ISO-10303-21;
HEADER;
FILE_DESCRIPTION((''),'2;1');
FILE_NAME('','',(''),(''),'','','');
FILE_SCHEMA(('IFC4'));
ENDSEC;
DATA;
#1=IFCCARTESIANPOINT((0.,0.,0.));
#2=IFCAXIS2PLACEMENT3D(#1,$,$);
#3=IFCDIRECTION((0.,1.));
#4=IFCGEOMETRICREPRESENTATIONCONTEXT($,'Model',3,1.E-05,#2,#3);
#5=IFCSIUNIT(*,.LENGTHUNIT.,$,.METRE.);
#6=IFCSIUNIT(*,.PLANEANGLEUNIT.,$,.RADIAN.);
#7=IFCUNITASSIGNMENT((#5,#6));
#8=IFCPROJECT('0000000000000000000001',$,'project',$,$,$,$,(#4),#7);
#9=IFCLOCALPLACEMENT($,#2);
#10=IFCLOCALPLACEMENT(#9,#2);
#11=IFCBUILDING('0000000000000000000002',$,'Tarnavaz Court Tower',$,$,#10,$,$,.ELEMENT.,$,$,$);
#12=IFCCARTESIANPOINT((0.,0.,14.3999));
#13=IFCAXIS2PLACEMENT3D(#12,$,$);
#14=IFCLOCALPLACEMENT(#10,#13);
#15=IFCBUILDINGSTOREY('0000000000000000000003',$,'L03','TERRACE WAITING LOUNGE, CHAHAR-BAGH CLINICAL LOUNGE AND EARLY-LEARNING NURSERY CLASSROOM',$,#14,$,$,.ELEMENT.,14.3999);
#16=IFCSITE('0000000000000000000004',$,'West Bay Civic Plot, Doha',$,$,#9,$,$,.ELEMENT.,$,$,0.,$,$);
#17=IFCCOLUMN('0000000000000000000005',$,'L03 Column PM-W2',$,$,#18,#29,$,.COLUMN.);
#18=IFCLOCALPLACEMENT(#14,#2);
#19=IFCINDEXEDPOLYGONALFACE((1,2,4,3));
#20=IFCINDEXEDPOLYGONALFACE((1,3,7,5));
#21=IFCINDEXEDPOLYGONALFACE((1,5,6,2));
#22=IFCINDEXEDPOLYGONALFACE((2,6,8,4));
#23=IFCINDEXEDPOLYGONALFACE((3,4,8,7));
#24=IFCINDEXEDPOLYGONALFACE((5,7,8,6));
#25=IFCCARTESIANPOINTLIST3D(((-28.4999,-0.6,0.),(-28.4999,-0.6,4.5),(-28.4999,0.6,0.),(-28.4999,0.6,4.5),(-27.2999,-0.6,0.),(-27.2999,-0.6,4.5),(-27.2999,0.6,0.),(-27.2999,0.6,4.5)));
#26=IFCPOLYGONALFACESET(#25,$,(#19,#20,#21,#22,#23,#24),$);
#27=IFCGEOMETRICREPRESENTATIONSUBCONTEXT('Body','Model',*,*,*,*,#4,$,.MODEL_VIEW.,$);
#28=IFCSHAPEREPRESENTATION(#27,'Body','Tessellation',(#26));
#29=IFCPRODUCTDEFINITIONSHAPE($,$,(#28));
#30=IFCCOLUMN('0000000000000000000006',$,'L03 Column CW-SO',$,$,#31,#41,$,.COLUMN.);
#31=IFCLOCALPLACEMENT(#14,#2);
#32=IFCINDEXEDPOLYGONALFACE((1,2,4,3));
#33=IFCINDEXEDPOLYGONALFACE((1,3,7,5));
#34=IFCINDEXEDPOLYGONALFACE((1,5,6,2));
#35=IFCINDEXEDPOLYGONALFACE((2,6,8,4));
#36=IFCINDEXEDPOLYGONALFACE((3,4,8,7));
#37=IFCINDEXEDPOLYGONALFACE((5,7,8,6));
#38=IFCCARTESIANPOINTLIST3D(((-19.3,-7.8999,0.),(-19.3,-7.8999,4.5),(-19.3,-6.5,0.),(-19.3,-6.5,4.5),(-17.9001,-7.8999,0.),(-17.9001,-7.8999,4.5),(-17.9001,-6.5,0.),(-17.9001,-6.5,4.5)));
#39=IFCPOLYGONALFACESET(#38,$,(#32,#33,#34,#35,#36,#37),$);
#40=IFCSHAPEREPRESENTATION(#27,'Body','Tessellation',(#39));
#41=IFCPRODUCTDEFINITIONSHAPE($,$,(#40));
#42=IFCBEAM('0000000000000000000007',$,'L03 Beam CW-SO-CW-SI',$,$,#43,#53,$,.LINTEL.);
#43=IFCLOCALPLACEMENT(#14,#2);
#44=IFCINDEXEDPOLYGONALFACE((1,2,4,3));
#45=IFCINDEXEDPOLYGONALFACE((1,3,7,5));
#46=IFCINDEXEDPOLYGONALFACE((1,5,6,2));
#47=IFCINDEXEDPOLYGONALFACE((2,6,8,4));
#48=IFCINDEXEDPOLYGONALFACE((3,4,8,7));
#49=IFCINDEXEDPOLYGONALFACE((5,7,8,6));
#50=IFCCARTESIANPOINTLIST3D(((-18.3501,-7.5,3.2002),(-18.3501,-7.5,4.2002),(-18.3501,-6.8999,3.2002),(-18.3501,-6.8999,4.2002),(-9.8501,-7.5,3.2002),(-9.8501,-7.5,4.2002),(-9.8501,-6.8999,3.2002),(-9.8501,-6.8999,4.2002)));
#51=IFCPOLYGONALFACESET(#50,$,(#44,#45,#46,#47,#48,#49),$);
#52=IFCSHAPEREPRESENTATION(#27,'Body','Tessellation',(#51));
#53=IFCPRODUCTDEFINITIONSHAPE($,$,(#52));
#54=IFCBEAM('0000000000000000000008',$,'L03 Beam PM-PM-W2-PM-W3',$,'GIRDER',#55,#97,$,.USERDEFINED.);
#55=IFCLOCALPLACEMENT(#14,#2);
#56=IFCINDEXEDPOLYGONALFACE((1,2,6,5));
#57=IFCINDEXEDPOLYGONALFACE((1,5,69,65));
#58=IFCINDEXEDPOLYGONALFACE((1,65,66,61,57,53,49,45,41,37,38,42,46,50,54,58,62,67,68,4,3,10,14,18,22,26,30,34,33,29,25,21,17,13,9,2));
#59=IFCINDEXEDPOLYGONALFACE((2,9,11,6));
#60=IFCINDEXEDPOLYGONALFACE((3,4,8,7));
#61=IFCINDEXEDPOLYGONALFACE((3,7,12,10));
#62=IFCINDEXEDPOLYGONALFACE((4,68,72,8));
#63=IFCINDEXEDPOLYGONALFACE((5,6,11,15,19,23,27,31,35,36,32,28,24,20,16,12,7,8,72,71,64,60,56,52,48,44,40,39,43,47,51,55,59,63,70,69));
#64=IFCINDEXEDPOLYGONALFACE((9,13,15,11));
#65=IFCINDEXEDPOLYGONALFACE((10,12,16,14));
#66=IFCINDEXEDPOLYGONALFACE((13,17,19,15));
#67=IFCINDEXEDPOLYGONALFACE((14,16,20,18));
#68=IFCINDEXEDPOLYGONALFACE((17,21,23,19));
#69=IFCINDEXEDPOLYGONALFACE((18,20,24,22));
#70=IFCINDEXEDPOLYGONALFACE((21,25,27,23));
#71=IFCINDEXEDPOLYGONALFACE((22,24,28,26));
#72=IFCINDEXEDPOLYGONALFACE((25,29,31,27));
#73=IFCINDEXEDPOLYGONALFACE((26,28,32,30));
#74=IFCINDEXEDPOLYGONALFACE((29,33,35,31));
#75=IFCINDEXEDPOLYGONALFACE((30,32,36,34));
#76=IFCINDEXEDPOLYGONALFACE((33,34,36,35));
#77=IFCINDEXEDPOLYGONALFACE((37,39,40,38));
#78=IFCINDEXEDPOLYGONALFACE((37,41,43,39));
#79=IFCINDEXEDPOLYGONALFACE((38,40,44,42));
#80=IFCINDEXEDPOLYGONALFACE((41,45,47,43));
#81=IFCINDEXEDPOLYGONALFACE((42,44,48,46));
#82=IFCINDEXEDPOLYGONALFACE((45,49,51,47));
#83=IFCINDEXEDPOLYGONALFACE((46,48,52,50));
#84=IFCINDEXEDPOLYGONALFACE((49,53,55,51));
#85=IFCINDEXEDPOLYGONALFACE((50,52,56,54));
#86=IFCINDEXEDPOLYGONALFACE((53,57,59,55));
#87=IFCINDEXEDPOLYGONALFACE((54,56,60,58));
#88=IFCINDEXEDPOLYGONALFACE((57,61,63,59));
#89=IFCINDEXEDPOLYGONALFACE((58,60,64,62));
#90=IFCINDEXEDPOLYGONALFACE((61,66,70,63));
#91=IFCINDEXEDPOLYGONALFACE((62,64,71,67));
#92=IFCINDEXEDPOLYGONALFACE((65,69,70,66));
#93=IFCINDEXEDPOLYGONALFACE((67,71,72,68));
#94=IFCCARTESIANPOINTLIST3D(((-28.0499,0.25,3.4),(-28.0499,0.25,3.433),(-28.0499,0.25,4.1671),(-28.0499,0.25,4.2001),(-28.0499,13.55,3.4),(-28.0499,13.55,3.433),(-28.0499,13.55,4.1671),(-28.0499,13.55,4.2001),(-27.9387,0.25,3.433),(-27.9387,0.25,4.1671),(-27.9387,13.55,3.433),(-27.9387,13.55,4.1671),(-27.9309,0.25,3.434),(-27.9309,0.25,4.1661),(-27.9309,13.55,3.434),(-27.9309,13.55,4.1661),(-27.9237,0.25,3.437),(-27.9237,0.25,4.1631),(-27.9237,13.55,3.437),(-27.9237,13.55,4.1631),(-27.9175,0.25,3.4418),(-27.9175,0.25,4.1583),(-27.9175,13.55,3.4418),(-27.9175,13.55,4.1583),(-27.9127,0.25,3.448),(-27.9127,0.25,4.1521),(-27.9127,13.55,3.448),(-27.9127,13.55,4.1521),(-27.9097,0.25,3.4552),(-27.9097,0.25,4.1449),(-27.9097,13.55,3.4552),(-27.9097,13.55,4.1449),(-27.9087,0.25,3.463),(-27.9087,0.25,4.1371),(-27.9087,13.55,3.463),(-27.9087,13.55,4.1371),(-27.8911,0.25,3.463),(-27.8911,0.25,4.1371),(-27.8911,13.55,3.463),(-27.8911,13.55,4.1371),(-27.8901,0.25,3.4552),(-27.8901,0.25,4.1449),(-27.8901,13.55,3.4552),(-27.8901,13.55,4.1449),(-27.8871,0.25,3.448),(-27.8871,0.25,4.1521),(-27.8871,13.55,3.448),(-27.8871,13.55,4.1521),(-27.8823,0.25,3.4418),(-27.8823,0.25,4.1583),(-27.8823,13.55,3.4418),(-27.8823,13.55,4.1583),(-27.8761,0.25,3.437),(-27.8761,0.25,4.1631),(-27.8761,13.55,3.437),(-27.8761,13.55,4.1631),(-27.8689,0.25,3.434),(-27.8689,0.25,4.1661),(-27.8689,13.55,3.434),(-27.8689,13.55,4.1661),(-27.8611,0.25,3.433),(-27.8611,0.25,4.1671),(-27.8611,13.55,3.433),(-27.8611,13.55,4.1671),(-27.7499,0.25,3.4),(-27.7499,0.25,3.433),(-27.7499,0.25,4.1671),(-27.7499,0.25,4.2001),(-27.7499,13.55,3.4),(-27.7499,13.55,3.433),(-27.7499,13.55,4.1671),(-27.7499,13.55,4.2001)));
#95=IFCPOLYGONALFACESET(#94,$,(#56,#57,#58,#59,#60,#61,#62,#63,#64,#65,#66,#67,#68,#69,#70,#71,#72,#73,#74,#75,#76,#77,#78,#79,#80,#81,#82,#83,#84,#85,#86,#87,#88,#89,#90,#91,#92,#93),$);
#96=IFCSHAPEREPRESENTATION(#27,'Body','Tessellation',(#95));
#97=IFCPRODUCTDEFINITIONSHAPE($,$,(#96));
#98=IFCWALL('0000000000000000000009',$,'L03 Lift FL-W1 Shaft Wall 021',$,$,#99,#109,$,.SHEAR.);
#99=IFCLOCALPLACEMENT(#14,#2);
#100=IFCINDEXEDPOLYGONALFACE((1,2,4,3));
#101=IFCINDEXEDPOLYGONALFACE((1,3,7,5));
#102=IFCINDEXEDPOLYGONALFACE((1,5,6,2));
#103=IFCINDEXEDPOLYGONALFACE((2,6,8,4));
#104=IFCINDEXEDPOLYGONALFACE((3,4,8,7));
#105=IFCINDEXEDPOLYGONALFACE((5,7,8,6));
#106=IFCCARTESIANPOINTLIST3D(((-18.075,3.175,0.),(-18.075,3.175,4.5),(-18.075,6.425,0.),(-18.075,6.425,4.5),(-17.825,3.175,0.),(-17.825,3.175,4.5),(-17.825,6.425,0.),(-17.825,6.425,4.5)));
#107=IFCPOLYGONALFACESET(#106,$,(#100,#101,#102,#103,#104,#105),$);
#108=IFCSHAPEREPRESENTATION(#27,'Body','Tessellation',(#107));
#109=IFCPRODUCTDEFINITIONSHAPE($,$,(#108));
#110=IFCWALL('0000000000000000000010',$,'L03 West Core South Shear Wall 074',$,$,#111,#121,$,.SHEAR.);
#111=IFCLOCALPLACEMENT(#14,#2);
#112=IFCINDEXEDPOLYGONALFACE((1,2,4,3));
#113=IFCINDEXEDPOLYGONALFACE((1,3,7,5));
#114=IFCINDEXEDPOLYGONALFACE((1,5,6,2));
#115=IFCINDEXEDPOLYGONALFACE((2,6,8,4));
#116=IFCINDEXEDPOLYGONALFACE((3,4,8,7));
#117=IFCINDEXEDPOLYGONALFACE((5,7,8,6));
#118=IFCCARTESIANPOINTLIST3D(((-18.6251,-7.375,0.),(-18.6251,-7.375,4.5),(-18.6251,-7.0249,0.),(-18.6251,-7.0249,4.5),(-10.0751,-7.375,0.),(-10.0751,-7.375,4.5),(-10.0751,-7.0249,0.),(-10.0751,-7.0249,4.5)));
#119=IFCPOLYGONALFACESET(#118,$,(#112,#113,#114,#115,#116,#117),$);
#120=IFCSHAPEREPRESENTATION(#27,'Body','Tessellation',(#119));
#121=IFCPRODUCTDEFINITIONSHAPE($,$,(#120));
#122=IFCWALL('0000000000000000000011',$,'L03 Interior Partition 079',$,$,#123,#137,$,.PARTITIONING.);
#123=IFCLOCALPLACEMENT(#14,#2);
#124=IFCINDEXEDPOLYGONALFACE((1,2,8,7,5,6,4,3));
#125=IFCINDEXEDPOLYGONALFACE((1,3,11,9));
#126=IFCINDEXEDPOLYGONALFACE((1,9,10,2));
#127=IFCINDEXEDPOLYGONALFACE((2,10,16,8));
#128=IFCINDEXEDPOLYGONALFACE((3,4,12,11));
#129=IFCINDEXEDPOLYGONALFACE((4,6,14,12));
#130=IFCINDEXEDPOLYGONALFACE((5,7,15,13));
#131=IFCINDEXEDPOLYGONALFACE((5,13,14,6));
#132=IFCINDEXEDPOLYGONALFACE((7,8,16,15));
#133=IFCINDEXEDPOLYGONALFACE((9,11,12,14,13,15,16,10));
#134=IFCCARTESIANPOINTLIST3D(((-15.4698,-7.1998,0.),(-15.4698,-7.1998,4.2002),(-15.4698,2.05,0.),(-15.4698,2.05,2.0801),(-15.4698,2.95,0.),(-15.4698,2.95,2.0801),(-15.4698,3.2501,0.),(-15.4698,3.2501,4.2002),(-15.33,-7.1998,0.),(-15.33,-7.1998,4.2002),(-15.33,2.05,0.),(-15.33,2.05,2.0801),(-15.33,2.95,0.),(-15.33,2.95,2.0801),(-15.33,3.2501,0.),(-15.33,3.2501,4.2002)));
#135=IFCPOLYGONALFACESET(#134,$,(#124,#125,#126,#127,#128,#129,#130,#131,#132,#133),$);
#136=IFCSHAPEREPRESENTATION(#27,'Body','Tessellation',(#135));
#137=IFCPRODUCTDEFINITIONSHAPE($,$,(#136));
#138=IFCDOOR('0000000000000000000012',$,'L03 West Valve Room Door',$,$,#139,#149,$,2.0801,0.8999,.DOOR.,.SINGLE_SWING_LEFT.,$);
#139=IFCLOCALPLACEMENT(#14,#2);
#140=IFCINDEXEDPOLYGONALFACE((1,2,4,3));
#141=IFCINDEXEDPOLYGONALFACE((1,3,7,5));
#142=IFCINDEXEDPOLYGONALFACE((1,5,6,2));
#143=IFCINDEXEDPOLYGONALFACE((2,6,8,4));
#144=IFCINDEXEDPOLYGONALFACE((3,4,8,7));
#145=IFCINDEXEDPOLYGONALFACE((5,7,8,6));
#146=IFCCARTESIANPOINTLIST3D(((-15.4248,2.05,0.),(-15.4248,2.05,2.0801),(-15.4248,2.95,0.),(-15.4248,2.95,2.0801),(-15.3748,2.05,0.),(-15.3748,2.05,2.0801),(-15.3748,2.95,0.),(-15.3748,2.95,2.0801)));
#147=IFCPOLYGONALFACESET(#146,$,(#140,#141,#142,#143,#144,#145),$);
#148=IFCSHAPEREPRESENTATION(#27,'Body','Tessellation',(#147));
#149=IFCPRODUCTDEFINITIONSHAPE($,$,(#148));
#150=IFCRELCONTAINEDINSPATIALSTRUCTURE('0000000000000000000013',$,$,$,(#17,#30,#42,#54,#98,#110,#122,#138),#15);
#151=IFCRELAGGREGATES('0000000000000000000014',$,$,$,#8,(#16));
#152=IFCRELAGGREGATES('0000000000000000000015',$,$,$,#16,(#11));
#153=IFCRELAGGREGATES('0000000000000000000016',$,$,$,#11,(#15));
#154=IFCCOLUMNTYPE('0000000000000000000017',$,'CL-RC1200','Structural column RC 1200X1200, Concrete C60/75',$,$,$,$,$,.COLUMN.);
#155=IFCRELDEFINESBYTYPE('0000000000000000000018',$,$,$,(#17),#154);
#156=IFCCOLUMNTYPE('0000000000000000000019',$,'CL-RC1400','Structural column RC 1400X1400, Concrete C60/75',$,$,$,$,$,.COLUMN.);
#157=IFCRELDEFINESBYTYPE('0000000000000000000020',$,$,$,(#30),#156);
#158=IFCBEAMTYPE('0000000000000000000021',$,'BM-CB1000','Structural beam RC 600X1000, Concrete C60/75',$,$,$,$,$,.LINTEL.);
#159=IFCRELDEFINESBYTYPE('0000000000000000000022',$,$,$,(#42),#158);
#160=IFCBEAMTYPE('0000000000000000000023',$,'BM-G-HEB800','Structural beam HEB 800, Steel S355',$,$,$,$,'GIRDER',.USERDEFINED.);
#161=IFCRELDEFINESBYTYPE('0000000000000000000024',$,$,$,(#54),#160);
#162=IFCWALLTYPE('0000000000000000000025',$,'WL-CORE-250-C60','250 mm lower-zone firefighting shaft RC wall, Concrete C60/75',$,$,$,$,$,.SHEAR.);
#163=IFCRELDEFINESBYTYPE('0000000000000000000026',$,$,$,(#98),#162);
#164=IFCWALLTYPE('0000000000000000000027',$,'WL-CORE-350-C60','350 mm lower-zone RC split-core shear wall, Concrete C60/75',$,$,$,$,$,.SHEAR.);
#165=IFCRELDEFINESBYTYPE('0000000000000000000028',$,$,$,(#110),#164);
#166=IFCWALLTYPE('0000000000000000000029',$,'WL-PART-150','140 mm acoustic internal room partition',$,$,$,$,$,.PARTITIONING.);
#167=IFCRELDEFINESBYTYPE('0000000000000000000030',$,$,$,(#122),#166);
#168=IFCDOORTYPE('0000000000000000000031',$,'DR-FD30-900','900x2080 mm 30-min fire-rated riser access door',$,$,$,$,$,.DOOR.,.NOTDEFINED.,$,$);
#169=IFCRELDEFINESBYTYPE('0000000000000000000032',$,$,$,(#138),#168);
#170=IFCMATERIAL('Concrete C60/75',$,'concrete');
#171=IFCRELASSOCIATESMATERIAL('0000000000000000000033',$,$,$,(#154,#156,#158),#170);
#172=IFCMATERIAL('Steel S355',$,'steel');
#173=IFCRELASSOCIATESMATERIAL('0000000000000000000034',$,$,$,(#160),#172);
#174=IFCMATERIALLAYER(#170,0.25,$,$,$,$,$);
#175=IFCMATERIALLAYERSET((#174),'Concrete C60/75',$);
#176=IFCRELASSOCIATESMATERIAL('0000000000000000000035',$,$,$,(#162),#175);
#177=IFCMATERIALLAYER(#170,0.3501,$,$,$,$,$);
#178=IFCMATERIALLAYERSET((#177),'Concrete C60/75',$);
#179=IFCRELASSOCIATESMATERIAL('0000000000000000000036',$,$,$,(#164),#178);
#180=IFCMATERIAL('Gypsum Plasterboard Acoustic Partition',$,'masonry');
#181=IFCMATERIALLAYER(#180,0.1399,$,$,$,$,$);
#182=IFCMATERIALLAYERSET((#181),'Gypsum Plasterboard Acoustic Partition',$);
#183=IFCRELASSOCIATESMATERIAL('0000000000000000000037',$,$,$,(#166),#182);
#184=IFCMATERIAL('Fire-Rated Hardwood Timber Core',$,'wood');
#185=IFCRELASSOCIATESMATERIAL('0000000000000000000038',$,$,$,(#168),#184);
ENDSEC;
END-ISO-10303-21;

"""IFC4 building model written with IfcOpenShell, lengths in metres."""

from ifc_helpers import new_model, si_unit, direction, frame, frame_2d, origin, origin_2d, place, context, subcontext, project, spatial, rectangle, i_section, extrude, material, layer, layer_set, material_profile, profile_set, type_object, element, fill, save


model = new_model("IFC4")

# Units and contexts
model_context = context("Model", 3, precision=1e-05, world=origin(), true_north=direction((0.0, 1.0)))
body_context = subcontext(model_context, "Body", "Model", "MODEL_VIEW")
ifc_project = project(units=[si_unit("LENGTHUNIT", "METRE"), si_unit("PLANEANGLEUNIT", "RADIAN")], contexts=[model_context])

# Site, building, storey
site_placement = place(None, origin())
site = spatial("IfcSite", under=ifc_project, at=site_placement, Name="West Bay Civic Plot, Doha", CompositionType="ELEMENT", RefElevation=0.0)
building_placement = place(site_placement, origin())
building = spatial("IfcBuilding", under=site, at=building_placement, Name="Tarnavaz Court Tower", CompositionType="ELEMENT")
storey_placement = place(building_placement, frame((0.0, 0.0, 14.3999)))
storey = spatial("IfcBuildingStorey", under=building, at=storey_placement, Name="L03", Description="TERRACE WAITING LOUNGE, CHAHAR-BAGH CLINICAL LOUNGE AND EARLY-LEARNING NURSERY CLASSROOM", CompositionType="ELEMENT", Elevation=14.3999)

# Columns
ifc_material_1 = material(Name="Concrete C60/75", Category="concrete")
ifc_material_profile_1 = material_profile(ifc_material_1, rectangle(XDim=1.2, YDim=1.2, at=origin_2d()), Name="RC 1200X1200")
ifc_profile_set_1 = profile_set([ifc_material_profile_1], Name="Concrete C60/75")
column_type_1 = type_object("IfcColumnType", Name="CL-RC1200", Description="Structural column RC 1200X1200, Concrete C60/75", PredefinedType="COLUMN", material=ifc_profile_set_1)
column_1_placement = place(storey_placement, frame((-27.8999, 0.0, 0.0), z_axis=(0.0, 0.0, 1.0), x_axis=(1.0, 0.0, 0.0)))
element("IfcColumn", 1, at=column_1_placement, inside=storey, type_object=column_type_1, Name="L03 Column PM-W2", PredefinedType="COLUMN", context=body_context, shape_type="SweptSolid", body=[
    extrude(rectangle(XDim=1.2, YDim=1.2, at=origin_2d()), origin(), (0.0, 0.0, 1.0), 4.5),
])
ifc_material_profile_2 = material_profile(ifc_material_1, rectangle(XDim=1.3999, YDim=1.3999, at=origin_2d()), Name="RC 1400X1400")
ifc_profile_set_2 = profile_set([ifc_material_profile_2], Name="Concrete C60/75")
column_type_2 = type_object("IfcColumnType", Name="CL-RC1400", Description="Structural column RC 1400X1400, Concrete C60/75", PredefinedType="COLUMN", material=ifc_profile_set_2)
column_2_placement = place(storey_placement, frame((-18.6001, -7.2, 0.0), z_axis=(0.0, 0.0, 1.0), x_axis=(1.0, 0.0, 0.0)))
element("IfcColumn", 2, at=column_2_placement, inside=storey, type_object=column_type_2, Name="L03 Column CW-SO", PredefinedType="COLUMN", context=body_context, shape_type="SweptSolid", body=[
    extrude(rectangle(XDim=1.3999, YDim=1.3999, at=origin_2d()), origin(), (0.0, 0.0, 1.0), 4.5),
])

# Beams
ifc_material_profile_3 = material_profile(ifc_material_1, rectangle(XDim=0.6001, YDim=1.0, at=origin_2d()), Name="RC 600X1000")
ifc_profile_set_3 = profile_set([ifc_material_profile_3], Name="Concrete C60/75")
beam_type_1 = type_object("IfcBeamType", Name="BM-CB1000", Description="Structural beam RC 600X1000, Concrete C60/75", PredefinedType="LINTEL", material=ifc_profile_set_3)
beam_1_placement = place(storey_placement, frame((-18.3501, -7.2, 3.7002), z_axis=(1.0, 0.0, 0.0), x_axis=(0.0, 1.0, 0.0)))
element("IfcBeam", 3, at=beam_1_placement, inside=storey, type_object=beam_type_1, Name="L03 Beam CW-SO-CW-SI", PredefinedType="LINTEL", context=body_context, shape_type="SweptSolid", body=[
    extrude(rectangle(XDim=0.6001, YDim=1.0, at=origin_2d()), origin(), (0.0, 0.0, 1.0), 8.5),
])
ifc_material_2 = material(Name="Steel S355", Category="steel")
ifc_material_profile_4 = material_profile(ifc_material_2, i_section(OverallWidth=0.3, OverallDepth=0.8, WebThickness=0.0176, FlangeThickness=0.033, FilletRadius=0.03, at=origin_2d()), Name="HEB 800")
ifc_profile_set_4 = profile_set([ifc_material_profile_4], Name="Steel S355")
beam_type_2 = type_object("IfcBeamType", Name="BM-G-HEB800", Description="Structural beam HEB 800, Steel S355", ElementType="GIRDER", PredefinedType="USERDEFINED", material=ifc_profile_set_4)
beam_2_placement = place(storey_placement, frame((-27.8999, 0.25, 3.8), z_axis=(0.0, 1.0, 0.0), x_axis=(-1.0, 0.0, 0.0)))
element("IfcBeam", 4, at=beam_2_placement, inside=storey, type_object=beam_type_2, Name="L03 Beam PM-PM-W2-PM-W3", ObjectType="GIRDER", PredefinedType="USERDEFINED", context=body_context, shape_type="SweptSolid", body=[
    extrude(i_section(OverallWidth=0.3, OverallDepth=0.8, WebThickness=0.0176, FlangeThickness=0.033, FilletRadius=0.03, at=origin_2d()), origin(), (0.0, 0.0, 1.0), 13.3),
])

# Walls
ifc_layer_1 = layer(ifc_material_1, 0.25)
ifc_layer_set_1 = layer_set([ifc_layer_1], Name="Concrete C60/75")
wall_type_1 = type_object("IfcWallType", Name="WL-CORE-250-C60", Description="250 mm lower-zone firefighting shaft RC wall, Concrete C60/75", PredefinedType="SHEAR", material=ifc_layer_set_1)
wall_1_placement = place(storey_placement, frame((-17.95, 3.175, 0.0), z_axis=(0.0, 0.0, 1.0), x_axis=(0.0, 1.0, 0.0)))
element("IfcWall", 5, at=wall_1_placement, inside=storey, type_object=wall_type_1, Name="L03 Lift FL-W1 Shaft Wall 021", PredefinedType="SHEAR", context=body_context, shape_type="SweptSolid", body=[
    extrude(rectangle(XDim=3.25, YDim=0.25, at=frame_2d((1.625, 0.0))), origin(), (0.0, 0.0, 1.0), 4.5),
])
ifc_layer_2 = layer(ifc_material_1, 0.3501)
ifc_layer_set_2 = layer_set([ifc_layer_2], Name="Concrete C60/75")
wall_type_2 = type_object("IfcWallType", Name="WL-CORE-350-C60", Description="350 mm lower-zone RC split-core shear wall, Concrete C60/75", PredefinedType="SHEAR", material=ifc_layer_set_2)
wall_2_placement = place(storey_placement, frame((-18.625, -7.2, 0.0), z_axis=(0.0, 0.0, 1.0), x_axis=(1.0, 0.0, 0.0)))
element("IfcWall", 6, at=wall_2_placement, inside=storey, type_object=wall_type_2, Name="L03 West Core South Shear Wall 074", PredefinedType="SHEAR", context=body_context, shape_type="SweptSolid", body=[
    extrude(rectangle(XDim=8.55, YDim=0.3501, at=frame_2d((4.2749, 0.0))), origin(), (0.0, 0.0, 1.0), 4.5),
])

# Wall, opening, door
ifc_material_3 = material(Name="Gypsum Plasterboard Acoustic Partition", Category="masonry")
ifc_layer_3 = layer(ifc_material_3, 0.1399)
ifc_layer_set_3 = layer_set([ifc_layer_3], Name="Gypsum Plasterboard Acoustic Partition")
wall_type_3 = type_object("IfcWallType", Name="WL-PART-150", Description="140 mm acoustic internal room partition", PredefinedType="PARTITIONING", material=ifc_layer_set_3)
wall_3_placement = place(storey_placement, frame((-15.3999, -7.2, 0.0), z_axis=(0.0, 0.0, 1.0), x_axis=(0.0, 1.0, 0.0)))
wall_3 = element("IfcWall", 7, at=wall_3_placement, inside=storey, type_object=wall_type_3, Name="L03 Interior Partition 079", PredefinedType="PARTITIONING", context=body_context, shape_type="SweptSolid", body=[
    extrude(rectangle(XDim=10.45, YDim=0.1399, at=frame_2d((5.2251, 0.0))), origin(), (0.0, 0.0, 1.0), 4.2002),
])
opening_1_placement = place(wall_3_placement, frame((9.25, 0.0, 0.0)))
opening_1 = element("IfcOpeningElement", 8, at=opening_1_placement, cuts=wall_3, PredefinedType="OPENING", context=body_context, shape_type="SweptSolid", body=[
    extrude(rectangle(XDim=0.8999, YDim=2.0801, at=frame_2d((0.45, 1.04))), frame((0.0, 0.0798, 0.0), z_axis=(0.0, -1.0, 0.0), x_axis=(1.0, 0.0, 0.0)), (0.0, 0.0, 1.0), 0.1599),
])
ifc_material_4 = material(Name="Fire-Rated Hardwood Timber Core", Category="wood")
door_type = type_object("IfcDoorType", Name="DR-FD30-900", Description="900x2080 mm 30-min fire-rated riser access door", OperationType="NOTDEFINED", PredefinedType="DOOR", material=ifc_material_4)
door_1_placement = place(opening_1_placement, origin())
door_1 = element("IfcDoor", 9, at=door_1_placement, inside=storey, type_object=door_type, Name="L03 West Valve Room Door", OperationType="SINGLE_SWING_LEFT", OverallHeight=2.0801, OverallWidth=0.8999, PredefinedType="DOOR", context=body_context, shape_type="SweptSolid", body=[
    extrude(rectangle(XDim=0.8999, YDim=2.0801, at=frame_2d((0.45, 1.04))), frame((0.0, 0.0249, 0.0), z_axis=(0.0, -1.0, 0.0), x_axis=(1.0, 0.0, 0.0)), (0.0, 0.0, 1.0), 0.05),
])
fill(opening_1, door_1)

save(model, "model.ifc")
